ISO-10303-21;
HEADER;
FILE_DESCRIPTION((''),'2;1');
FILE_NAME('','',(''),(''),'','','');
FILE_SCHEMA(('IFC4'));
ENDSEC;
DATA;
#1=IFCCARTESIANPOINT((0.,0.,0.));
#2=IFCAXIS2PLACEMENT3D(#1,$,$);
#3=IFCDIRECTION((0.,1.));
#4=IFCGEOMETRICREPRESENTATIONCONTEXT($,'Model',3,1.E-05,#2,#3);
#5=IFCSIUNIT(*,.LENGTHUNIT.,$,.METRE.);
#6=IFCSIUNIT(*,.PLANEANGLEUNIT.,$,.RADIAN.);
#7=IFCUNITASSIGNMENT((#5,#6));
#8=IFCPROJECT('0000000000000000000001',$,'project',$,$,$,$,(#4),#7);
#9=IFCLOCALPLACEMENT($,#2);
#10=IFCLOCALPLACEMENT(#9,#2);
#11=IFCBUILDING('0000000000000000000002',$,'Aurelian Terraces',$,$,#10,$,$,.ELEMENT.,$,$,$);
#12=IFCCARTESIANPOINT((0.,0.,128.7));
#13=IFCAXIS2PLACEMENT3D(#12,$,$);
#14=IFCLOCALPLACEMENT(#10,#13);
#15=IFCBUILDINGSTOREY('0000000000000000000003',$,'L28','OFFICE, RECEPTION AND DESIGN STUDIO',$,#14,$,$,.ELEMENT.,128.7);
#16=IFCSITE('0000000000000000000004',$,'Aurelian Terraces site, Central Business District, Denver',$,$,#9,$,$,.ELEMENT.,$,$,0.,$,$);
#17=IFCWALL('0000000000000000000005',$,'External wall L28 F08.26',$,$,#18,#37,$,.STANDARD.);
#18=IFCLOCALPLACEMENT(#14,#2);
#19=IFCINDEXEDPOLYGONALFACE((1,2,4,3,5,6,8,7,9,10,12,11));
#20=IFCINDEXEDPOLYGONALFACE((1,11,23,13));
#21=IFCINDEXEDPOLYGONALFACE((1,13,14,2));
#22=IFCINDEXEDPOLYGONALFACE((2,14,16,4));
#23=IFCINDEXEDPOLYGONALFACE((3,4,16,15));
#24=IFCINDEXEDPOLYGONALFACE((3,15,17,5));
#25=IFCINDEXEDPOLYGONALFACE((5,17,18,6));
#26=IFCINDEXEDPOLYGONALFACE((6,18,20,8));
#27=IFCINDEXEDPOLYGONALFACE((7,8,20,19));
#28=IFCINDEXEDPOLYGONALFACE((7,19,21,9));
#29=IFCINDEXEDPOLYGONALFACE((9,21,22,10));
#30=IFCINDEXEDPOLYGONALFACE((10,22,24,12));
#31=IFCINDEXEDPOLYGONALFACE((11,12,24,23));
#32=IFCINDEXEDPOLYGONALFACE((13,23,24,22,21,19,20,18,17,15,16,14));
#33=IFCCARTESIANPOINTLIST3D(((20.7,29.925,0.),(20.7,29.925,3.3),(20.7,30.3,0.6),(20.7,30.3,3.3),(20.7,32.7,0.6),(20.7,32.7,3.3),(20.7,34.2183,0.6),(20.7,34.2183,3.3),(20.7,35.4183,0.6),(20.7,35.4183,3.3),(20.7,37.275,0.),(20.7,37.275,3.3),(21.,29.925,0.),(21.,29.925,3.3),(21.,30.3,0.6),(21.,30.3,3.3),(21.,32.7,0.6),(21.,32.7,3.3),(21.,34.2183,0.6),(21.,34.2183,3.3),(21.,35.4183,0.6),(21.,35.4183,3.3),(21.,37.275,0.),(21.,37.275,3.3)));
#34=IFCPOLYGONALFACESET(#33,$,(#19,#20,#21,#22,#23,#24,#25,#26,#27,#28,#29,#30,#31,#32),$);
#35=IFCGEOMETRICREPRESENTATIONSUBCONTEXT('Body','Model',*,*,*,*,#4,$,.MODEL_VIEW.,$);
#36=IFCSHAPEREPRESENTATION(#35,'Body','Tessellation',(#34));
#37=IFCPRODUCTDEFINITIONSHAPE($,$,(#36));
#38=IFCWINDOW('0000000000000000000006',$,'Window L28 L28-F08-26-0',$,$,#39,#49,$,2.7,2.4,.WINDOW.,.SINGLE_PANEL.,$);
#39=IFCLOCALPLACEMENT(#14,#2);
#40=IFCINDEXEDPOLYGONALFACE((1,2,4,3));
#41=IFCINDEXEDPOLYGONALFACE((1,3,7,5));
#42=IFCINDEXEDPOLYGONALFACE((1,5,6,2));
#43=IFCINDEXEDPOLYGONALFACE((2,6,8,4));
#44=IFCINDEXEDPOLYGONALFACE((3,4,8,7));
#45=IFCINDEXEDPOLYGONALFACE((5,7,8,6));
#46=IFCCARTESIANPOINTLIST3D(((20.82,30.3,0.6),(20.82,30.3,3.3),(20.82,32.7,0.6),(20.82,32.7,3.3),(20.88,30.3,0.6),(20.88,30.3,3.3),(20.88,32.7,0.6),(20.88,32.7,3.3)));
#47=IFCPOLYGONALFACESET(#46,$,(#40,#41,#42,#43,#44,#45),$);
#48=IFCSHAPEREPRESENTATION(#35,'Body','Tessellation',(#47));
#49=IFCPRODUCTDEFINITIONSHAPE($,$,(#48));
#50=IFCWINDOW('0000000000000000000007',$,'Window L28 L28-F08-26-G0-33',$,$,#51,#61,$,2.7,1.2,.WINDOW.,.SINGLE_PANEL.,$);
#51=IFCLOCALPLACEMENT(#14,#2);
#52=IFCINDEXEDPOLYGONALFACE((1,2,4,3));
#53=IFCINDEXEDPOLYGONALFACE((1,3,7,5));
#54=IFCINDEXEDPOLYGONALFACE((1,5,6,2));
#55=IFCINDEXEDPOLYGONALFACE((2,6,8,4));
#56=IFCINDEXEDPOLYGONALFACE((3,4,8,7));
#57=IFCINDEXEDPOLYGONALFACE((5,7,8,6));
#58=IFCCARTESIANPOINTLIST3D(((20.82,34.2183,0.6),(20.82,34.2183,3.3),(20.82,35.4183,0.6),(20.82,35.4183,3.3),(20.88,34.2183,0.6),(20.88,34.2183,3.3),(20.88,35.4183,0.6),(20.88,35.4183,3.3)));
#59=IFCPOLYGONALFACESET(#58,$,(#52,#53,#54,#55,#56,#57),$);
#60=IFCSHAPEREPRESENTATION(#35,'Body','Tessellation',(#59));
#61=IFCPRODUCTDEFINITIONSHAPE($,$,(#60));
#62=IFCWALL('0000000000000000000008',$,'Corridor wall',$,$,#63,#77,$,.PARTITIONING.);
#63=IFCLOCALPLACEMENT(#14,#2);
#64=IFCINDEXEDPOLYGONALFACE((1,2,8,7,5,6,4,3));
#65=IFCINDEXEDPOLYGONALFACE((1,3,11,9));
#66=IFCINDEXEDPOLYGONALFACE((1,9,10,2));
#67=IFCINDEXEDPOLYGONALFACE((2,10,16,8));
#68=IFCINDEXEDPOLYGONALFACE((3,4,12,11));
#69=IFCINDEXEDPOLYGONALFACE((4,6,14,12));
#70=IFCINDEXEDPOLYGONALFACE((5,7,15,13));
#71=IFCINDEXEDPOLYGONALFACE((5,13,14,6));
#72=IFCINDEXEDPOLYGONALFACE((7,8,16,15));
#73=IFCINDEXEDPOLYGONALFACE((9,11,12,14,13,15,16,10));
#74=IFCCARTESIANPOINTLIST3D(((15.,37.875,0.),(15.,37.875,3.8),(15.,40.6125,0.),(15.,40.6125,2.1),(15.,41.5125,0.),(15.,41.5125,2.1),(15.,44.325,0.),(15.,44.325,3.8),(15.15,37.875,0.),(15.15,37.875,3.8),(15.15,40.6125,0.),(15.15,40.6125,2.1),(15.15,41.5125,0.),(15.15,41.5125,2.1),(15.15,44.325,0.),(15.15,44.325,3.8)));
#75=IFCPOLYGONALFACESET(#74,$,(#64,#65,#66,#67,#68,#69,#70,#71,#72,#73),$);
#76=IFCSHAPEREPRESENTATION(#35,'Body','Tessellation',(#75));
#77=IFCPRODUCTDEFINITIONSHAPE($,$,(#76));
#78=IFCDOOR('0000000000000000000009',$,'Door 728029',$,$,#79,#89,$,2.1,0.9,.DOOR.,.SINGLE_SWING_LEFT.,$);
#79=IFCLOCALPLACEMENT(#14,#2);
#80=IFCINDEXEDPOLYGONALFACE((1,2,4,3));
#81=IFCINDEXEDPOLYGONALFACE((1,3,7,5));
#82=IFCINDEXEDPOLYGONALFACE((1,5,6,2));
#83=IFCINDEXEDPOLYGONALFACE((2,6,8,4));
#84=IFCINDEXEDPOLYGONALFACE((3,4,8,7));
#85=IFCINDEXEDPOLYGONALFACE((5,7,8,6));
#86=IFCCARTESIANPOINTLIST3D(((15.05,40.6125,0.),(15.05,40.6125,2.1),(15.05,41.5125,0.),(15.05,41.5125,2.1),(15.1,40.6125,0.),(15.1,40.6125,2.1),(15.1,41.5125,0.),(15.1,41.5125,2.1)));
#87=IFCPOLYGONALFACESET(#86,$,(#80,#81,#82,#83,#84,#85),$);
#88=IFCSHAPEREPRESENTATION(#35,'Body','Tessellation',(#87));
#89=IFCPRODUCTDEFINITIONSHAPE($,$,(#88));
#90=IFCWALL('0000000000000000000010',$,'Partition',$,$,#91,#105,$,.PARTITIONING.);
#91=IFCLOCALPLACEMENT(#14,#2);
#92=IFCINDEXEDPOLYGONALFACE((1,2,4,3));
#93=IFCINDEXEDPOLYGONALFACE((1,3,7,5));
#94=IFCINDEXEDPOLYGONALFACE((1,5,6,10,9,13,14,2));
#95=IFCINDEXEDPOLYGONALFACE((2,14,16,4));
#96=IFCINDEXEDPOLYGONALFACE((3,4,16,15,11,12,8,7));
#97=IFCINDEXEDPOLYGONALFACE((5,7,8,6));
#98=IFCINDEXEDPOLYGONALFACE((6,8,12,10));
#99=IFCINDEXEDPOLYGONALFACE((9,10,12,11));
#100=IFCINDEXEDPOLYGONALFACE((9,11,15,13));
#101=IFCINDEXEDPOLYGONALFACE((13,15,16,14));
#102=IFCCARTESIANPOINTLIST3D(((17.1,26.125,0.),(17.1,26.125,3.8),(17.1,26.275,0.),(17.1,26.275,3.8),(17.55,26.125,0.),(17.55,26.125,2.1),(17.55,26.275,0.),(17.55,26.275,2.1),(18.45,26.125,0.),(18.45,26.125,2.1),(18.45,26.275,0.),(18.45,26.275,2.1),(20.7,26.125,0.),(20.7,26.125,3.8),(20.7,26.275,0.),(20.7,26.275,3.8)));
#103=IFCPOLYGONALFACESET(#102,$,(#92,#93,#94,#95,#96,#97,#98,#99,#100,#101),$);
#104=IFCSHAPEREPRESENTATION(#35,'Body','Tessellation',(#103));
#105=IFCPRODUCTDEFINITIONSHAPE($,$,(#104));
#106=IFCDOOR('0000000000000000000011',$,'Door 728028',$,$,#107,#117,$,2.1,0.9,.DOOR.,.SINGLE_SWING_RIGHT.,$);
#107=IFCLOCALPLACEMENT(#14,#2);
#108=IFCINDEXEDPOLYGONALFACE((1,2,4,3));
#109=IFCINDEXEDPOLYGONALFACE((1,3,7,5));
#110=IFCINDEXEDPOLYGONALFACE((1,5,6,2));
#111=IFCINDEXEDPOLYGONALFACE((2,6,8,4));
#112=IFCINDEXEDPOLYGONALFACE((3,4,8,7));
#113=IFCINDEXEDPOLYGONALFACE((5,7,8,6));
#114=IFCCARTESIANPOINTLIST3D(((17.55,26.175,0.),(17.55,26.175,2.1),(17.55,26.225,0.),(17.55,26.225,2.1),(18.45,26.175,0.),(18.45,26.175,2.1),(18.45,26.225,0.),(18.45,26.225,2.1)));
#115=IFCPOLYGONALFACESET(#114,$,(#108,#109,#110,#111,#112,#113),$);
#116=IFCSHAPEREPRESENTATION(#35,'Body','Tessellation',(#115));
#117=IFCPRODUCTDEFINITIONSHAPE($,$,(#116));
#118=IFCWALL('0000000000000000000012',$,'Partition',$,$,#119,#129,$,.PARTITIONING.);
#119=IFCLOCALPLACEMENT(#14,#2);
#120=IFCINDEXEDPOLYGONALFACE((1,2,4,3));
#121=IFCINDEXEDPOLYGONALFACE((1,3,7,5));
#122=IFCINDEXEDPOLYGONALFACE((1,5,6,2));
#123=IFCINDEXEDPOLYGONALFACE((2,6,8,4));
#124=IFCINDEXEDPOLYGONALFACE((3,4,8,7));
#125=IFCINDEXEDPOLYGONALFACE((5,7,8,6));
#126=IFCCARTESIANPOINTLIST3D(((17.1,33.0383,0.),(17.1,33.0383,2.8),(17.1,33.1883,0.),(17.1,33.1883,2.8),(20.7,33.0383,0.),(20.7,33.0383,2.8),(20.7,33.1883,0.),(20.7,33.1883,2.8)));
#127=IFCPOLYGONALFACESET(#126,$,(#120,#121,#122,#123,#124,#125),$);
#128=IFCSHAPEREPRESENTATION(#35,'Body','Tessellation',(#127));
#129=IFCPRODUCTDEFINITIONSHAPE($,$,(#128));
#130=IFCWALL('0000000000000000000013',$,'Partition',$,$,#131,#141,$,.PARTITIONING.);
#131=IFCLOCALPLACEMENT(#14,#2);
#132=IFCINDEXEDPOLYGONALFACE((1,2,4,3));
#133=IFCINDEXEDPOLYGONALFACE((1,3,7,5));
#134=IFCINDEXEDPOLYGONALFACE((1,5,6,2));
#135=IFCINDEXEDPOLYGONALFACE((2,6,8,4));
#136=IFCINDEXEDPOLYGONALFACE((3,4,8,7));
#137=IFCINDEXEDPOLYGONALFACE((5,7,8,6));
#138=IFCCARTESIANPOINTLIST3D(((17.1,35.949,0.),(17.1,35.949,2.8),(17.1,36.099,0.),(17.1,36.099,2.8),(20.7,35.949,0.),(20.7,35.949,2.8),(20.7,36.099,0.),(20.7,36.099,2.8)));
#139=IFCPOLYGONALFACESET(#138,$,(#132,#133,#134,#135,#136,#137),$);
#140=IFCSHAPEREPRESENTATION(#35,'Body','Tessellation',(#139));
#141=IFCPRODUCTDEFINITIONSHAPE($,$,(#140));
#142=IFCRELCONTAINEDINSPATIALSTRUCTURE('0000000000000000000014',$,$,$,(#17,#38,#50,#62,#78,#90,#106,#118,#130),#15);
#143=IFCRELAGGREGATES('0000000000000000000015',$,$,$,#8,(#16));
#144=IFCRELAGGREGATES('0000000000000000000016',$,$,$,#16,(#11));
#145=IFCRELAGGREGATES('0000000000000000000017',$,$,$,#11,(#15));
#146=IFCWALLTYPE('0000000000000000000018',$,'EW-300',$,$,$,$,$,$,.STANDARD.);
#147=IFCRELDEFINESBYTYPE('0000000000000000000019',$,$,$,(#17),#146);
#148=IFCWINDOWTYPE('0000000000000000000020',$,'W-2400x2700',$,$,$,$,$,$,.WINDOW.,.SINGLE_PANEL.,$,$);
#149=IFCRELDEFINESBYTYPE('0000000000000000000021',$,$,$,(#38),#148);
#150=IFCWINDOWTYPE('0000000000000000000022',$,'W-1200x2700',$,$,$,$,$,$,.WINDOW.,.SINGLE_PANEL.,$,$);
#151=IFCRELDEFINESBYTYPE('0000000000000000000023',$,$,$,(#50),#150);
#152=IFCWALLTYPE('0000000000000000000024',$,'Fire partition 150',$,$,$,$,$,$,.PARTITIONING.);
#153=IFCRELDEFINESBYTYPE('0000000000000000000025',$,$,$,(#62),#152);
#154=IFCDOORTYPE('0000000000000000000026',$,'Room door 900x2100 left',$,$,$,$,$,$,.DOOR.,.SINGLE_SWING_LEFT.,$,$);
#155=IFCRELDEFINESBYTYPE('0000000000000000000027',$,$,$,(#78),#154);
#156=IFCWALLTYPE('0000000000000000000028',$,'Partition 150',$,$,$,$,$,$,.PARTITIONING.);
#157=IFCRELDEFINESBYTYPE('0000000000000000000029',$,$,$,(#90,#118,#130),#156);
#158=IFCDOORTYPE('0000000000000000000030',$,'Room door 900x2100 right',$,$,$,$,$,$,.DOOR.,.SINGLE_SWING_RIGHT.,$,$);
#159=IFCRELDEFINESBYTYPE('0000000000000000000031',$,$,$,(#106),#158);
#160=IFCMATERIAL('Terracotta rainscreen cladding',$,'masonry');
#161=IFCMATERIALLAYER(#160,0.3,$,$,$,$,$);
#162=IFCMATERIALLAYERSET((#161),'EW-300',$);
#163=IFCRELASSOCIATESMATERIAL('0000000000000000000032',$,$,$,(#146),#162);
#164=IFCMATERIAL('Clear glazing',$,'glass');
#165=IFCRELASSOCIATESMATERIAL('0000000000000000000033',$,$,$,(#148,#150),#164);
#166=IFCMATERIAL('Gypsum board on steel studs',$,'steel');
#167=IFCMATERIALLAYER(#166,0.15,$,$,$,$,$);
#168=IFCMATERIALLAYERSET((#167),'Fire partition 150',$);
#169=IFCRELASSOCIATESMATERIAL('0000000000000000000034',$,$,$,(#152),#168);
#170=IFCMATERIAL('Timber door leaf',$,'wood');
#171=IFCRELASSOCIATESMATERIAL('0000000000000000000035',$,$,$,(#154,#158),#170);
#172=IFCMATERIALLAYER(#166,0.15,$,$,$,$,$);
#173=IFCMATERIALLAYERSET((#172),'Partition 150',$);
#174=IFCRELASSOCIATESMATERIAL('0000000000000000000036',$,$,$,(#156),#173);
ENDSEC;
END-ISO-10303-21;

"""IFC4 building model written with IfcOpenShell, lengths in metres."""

from ifc_helpers import new_model, si_unit, direction, frame, frame_2d, origin, place, context, subcontext, project, spatial, rectangle, extrude, source, transform, mapped, material, layer, layer_set, type_object, element, fill, save


model = new_model("IFC4")

# Units and contexts
model_context = context("Model", 3, precision=1e-05, world=origin(), true_north=direction((0.0, 1.0)))
body_context = subcontext(model_context, "Body", "Model", "MODEL_VIEW")
ifc_project = project(units=[si_unit("LENGTHUNIT", "METRE"), si_unit("PLANEANGLEUNIT", "RADIAN")], contexts=[model_context])

# Site, building, storey
site_placement = place(None, origin())
site = spatial("IfcSite", under=ifc_project, at=site_placement, Name="Aurelian Terraces site, Central Business District, Denver", CompositionType="ELEMENT", RefElevation=0.0)
building_placement = place(site_placement, origin())
building = spatial("IfcBuilding", under=site, at=building_placement, Name="Aurelian Terraces", CompositionType="ELEMENT")
storey_placement = place(building_placement, frame((0.0, 0.0, 128.7)))
storey = spatial("IfcBuildingStorey", under=building, at=storey_placement, Name="L28", Description="OFFICE, RECEPTION AND DESIGN STUDIO", CompositionType="ELEMENT", Elevation=128.7)

# Wall, openings, windows
ifc_material_1 = material(Name="Terracotta rainscreen cladding", Category="masonry")
ifc_layer_1 = layer(ifc_material_1, 0.3)
ifc_layer_set_1 = layer_set([ifc_layer_1], Name="EW-300")
wall_type_1 = type_object("IfcWallType", Name="EW-300", PredefinedType="STANDARD", material=ifc_layer_set_1)
shared_shape_1 = source(origin(), body_context, "Body", "SweptSolid", [
    extrude(rectangle(XDim=2.4, YDim=2.7, at=frame_2d((1.2, 1.35))), frame((0.0, 0.16, 0.0), z_axis=(0.0, -1.0, 0.0), x_axis=(1.0, 0.0, 0.0)), (0.0, 0.0, 1.0), 0.32),
])
shared_shape_2 = source(origin(), body_context, "Body", "SweptSolid", [
    extrude(rectangle(XDim=1.2, YDim=2.7, at=frame_2d((0.6, 1.35))), frame((0.0, 0.16, 0.0), z_axis=(0.0, -1.0, 0.0), x_axis=(1.0, 0.0, 0.0)), (0.0, 0.0, 1.0), 0.32),
])
ifc_material_2 = material(Name="Clear glazing", Category="glass")
window_type_1 = type_object("IfcWindowType", Name="W-2400x2700", PartitioningType="SINGLE_PANEL", PredefinedType="WINDOW", material=ifc_material_2)
shared_shape_3 = source(origin(), body_context, "Body", "SweptSolid", [
    extrude(rectangle(XDim=2.4, YDim=2.7, at=frame_2d((1.2, 1.35))), frame((0.0, 0.03, 0.0), z_axis=(0.0, -1.0, 0.0), x_axis=(1.0, 0.0, 0.0)), (0.0, 0.0, 1.0), 0.06),
])
window_type_2 = type_object("IfcWindowType", Name="W-1200x2700", PartitioningType="SINGLE_PANEL", PredefinedType="WINDOW", material=ifc_material_2)
shared_shape_4 = source(origin(), body_context, "Body", "SweptSolid", [
    extrude(rectangle(XDim=1.2, YDim=2.7, at=frame_2d((0.6, 1.35))), frame((0.0, 0.03, 0.0), z_axis=(0.0, -1.0, 0.0), x_axis=(1.0, 0.0, 0.0)), (0.0, 0.0, 1.0), 0.06),
])
shared_shape_5 = source(origin(), body_context, "Body", "SweptSolid", [
    extrude(rectangle(XDim=7.35, YDim=0.3, at=frame_2d((3.675, 0.0))), origin(), (0.0, 0.0, 1.0), 3.3),
])
wall_1_placement = place(storey_placement, frame((20.85, 29.925, 0.0), z_axis=(0.0, 0.0, 1.0), x_axis=(0.0, 1.0, 0.0)))
wall_1 = element("IfcWall", 1, at=wall_1_placement, inside=storey, type_object=wall_type_1, Name="External wall L28 F08.26", PredefinedType="STANDARD", context=body_context, shape_type="MappedRepresentation", body=[
    mapped(shared_shape_5, transform((0.0, 0.0, 0.0), scale=1.0)),
])
opening_1_placement = place(wall_1_placement, frame((0.375, 0.0, 0.6)))
opening_1 = element("IfcOpeningElement", 2, at=opening_1_placement, cuts=wall_1, PredefinedType="OPENING", context=body_context, shape_type="MappedRepresentation", body=[
    mapped(shared_shape_1, transform((0.0, 0.0, 0.0), scale=1.0)),
])
opening_2_placement = place(wall_1_placement, frame((4.2933, 0.0, 0.6)))
opening_2 = element("IfcOpeningElement", 3, at=opening_2_placement, cuts=wall_1, PredefinedType="OPENING", context=body_context, shape_type="MappedRepresentation", body=[
    mapped(shared_shape_2, transform((0.0, 0.0, 0.0), scale=1.0)),
])
window_1_placement = place(opening_1_placement, origin())
window_1 = element("IfcWindow", 4, at=window_1_placement, inside=storey, type_object=window_type_1, Name="Window L28 L28-F08-26-0", OverallHeight=2.7, OverallWidth=2.4, PartitioningType="SINGLE_PANEL", PredefinedType="WINDOW", context=body_context, shape_type="MappedRepresentation", body=[
    mapped(shared_shape_3, transform((0.0, 0.0, 0.0), scale=1.0)),
])
fill(opening_1, window_1)
window_2_placement = place(opening_2_placement, origin())
window_2 = element("IfcWindow", 5, at=window_2_placement, inside=storey, type_object=window_type_2, Name="Window L28 L28-F08-26-G0-33", OverallHeight=2.7, OverallWidth=1.2, PartitioningType="SINGLE_PANEL", PredefinedType="WINDOW", context=body_context, shape_type="MappedRepresentation", body=[
    mapped(shared_shape_4, transform((0.0, 0.0, 0.0), scale=1.0)),
])
fill(opening_2, window_2)

# Walls, openings, doors
ifc_material_3 = material(Name="Gypsum board on steel studs", Category="steel")
ifc_layer_2 = layer(ifc_material_3, 0.15)
ifc_layer_set_2 = layer_set([ifc_layer_2], Name="Fire partition 150")
wall_type_2 = type_object("IfcWallType", Name="Fire partition 150", PredefinedType="PARTITIONING", material=ifc_layer_set_2)
shared_shape_6 = source(origin(), body_context, "Body", "SweptSolid", [
    extrude(rectangle(XDim=6.45, YDim=0.15, at=frame_2d((3.225, 0.0))), origin(), (0.0, 0.0, 1.0), 3.8),
])
wall_2_placement = place(storey_placement, frame((15.075, 37.875, 0.0), z_axis=(0.0, 0.0, 1.0), x_axis=(0.0, 1.0, 0.0)))
wall_2 = element("IfcWall", 6, at=wall_2_placement, inside=storey, type_object=wall_type_2, Name="Corridor wall", PredefinedType="PARTITIONING", context=body_context, shape_type="MappedRepresentation", body=[
    mapped(shared_shape_6, transform((0.0, 0.0, 0.0), scale=1.0)),
])
shared_shape_7 = source(origin(), body_context, "Body", "SweptSolid", [
    extrude(rectangle(XDim=0.9, YDim=2.1, at=frame_2d((0.45, 1.05))), frame((0.0, 0.085, 0.0), z_axis=(0.0, -1.0, 0.0), x_axis=(1.0, 0.0, 0.0)), (0.0, 0.0, 1.0), 0.17),
])
opening_3_placement = place(wall_2_placement, frame((2.7375, 0.0, 0.0)))
opening_3 = element("IfcOpeningElement", 7, at=opening_3_placement, cuts=wall_2, PredefinedType="OPENING", context=body_context, shape_type="MappedRepresentation", body=[
    mapped(shared_shape_7, transform((0.0, 0.0, 0.0), scale=1.0)),
])
ifc_material_4 = material(Name="Timber door leaf", Category="wood")
door_type_1 = type_object("IfcDoorType", Name="Room door 900x2100 left", OperationType="SINGLE_SWING_LEFT", PredefinedType="DOOR", material=ifc_material_4)
shared_shape_8 = source(origin(), body_context, "Body", "SweptSolid", [
    extrude(rectangle(XDim=0.9, YDim=2.1, at=frame_2d((0.45, 1.05))), frame((0.0, 0.025, 0.0), z_axis=(0.0, -1.0, 0.0), x_axis=(1.0, 0.0, 0.0)), (0.0, 0.0, 1.0), 0.05),
])
door_1_placement = place(opening_3_placement, origin())
door_1 = element("IfcDoor", 8, at=door_1_placement, inside=storey, type_object=door_type_1, Name="Door 728029", OperationType="SINGLE_SWING_LEFT", OverallHeight=2.1, OverallWidth=0.9, PredefinedType="DOOR", context=body_context, shape_type="MappedRepresentation", body=[
    mapped(shared_shape_8, transform((0.0, 0.0, 0.0), scale=1.0)),
])
fill(opening_3, door_1)
ifc_layer_3 = layer(ifc_material_3, 0.15)
ifc_layer_set_3 = layer_set([ifc_layer_3], Name="Partition 150")
wall_type_3 = type_object("IfcWallType", Name="Partition 150", PredefinedType="PARTITIONING", material=ifc_layer_set_3)
shared_shape_9 = source(origin(), body_context, "Body", "SweptSolid", [
    extrude(rectangle(XDim=3.6, YDim=0.15, at=frame_2d((1.8, 0.0))), origin(), (0.0, 0.0, 1.0), 3.8),
])
wall_3_placement = place(storey_placement, frame((17.1, 26.2, 0.0), z_axis=(0.0, 0.0, 1.0), x_axis=(1.0, 0.0, 0.0)))
wall_3 = element("IfcWall", 9, at=wall_3_placement, inside=storey, type_object=wall_type_3, Name="Partition", PredefinedType="PARTITIONING", context=body_context, shape_type="MappedRepresentation", body=[
    mapped(shared_shape_9, transform((0.0, 0.0, 0.0), scale=1.0)),
])
opening_4_placement = place(wall_3_placement, frame((0.45, 0.0, 0.0)))
opening_4 = element("IfcOpeningElement", 10, at=opening_4_placement, cuts=wall_3, PredefinedType="OPENING", context=body_context, shape_type="MappedRepresentation", body=[
    mapped(shared_shape_7, transform((0.0, 0.0, 0.0), scale=1.0)),
])
door_type_2 = type_object("IfcDoorType", Name="Room door 900x2100 right", OperationType="SINGLE_SWING_RIGHT", PredefinedType="DOOR", material=ifc_material_4)
door_2_placement = place(opening_4_placement, origin())
door_2 = element("IfcDoor", 11, at=door_2_placement, inside=storey, type_object=door_type_2, Name="Door 728028", OperationType="SINGLE_SWING_RIGHT", OverallHeight=2.1, OverallWidth=0.9, PredefinedType="DOOR", context=body_context, shape_type="MappedRepresentation", body=[
    mapped(shared_shape_8, transform((0.0, 0.0, 0.0), scale=1.0)),
])
fill(opening_4, door_2)

# Walls
shared_shape_10 = source(origin(), body_context, "Body", "SweptSolid", [
    extrude(rectangle(XDim=3.6, YDim=0.15, at=frame_2d((1.8, 0.0))), origin(), (0.0, 0.0, 1.0), 2.8),
])
for number, where, z_axis, x_axis, name in (
    (12, (17.1, 33.1133, 0.0), (0.0, 0.0, 1.0), (1.0, 0.0, 0.0), "Partition"),
    (13, (17.1, 36.024, 0.0), (0.0, 0.0, 1.0), (1.0, 0.0, 0.0), "Partition"),
):
    element("IfcWall", number, at=place(storey_placement, frame(where, z_axis=z_axis, x_axis=x_axis)), inside=storey, type_object=wall_type_3, Name=name, PredefinedType="PARTITIONING", context=body_context, shape_type="MappedRepresentation", body=[
        mapped(shared_shape_10, transform((0.0, 0.0, 0.0), scale=1.0)),
    ])

save(model, "model.ifc")
